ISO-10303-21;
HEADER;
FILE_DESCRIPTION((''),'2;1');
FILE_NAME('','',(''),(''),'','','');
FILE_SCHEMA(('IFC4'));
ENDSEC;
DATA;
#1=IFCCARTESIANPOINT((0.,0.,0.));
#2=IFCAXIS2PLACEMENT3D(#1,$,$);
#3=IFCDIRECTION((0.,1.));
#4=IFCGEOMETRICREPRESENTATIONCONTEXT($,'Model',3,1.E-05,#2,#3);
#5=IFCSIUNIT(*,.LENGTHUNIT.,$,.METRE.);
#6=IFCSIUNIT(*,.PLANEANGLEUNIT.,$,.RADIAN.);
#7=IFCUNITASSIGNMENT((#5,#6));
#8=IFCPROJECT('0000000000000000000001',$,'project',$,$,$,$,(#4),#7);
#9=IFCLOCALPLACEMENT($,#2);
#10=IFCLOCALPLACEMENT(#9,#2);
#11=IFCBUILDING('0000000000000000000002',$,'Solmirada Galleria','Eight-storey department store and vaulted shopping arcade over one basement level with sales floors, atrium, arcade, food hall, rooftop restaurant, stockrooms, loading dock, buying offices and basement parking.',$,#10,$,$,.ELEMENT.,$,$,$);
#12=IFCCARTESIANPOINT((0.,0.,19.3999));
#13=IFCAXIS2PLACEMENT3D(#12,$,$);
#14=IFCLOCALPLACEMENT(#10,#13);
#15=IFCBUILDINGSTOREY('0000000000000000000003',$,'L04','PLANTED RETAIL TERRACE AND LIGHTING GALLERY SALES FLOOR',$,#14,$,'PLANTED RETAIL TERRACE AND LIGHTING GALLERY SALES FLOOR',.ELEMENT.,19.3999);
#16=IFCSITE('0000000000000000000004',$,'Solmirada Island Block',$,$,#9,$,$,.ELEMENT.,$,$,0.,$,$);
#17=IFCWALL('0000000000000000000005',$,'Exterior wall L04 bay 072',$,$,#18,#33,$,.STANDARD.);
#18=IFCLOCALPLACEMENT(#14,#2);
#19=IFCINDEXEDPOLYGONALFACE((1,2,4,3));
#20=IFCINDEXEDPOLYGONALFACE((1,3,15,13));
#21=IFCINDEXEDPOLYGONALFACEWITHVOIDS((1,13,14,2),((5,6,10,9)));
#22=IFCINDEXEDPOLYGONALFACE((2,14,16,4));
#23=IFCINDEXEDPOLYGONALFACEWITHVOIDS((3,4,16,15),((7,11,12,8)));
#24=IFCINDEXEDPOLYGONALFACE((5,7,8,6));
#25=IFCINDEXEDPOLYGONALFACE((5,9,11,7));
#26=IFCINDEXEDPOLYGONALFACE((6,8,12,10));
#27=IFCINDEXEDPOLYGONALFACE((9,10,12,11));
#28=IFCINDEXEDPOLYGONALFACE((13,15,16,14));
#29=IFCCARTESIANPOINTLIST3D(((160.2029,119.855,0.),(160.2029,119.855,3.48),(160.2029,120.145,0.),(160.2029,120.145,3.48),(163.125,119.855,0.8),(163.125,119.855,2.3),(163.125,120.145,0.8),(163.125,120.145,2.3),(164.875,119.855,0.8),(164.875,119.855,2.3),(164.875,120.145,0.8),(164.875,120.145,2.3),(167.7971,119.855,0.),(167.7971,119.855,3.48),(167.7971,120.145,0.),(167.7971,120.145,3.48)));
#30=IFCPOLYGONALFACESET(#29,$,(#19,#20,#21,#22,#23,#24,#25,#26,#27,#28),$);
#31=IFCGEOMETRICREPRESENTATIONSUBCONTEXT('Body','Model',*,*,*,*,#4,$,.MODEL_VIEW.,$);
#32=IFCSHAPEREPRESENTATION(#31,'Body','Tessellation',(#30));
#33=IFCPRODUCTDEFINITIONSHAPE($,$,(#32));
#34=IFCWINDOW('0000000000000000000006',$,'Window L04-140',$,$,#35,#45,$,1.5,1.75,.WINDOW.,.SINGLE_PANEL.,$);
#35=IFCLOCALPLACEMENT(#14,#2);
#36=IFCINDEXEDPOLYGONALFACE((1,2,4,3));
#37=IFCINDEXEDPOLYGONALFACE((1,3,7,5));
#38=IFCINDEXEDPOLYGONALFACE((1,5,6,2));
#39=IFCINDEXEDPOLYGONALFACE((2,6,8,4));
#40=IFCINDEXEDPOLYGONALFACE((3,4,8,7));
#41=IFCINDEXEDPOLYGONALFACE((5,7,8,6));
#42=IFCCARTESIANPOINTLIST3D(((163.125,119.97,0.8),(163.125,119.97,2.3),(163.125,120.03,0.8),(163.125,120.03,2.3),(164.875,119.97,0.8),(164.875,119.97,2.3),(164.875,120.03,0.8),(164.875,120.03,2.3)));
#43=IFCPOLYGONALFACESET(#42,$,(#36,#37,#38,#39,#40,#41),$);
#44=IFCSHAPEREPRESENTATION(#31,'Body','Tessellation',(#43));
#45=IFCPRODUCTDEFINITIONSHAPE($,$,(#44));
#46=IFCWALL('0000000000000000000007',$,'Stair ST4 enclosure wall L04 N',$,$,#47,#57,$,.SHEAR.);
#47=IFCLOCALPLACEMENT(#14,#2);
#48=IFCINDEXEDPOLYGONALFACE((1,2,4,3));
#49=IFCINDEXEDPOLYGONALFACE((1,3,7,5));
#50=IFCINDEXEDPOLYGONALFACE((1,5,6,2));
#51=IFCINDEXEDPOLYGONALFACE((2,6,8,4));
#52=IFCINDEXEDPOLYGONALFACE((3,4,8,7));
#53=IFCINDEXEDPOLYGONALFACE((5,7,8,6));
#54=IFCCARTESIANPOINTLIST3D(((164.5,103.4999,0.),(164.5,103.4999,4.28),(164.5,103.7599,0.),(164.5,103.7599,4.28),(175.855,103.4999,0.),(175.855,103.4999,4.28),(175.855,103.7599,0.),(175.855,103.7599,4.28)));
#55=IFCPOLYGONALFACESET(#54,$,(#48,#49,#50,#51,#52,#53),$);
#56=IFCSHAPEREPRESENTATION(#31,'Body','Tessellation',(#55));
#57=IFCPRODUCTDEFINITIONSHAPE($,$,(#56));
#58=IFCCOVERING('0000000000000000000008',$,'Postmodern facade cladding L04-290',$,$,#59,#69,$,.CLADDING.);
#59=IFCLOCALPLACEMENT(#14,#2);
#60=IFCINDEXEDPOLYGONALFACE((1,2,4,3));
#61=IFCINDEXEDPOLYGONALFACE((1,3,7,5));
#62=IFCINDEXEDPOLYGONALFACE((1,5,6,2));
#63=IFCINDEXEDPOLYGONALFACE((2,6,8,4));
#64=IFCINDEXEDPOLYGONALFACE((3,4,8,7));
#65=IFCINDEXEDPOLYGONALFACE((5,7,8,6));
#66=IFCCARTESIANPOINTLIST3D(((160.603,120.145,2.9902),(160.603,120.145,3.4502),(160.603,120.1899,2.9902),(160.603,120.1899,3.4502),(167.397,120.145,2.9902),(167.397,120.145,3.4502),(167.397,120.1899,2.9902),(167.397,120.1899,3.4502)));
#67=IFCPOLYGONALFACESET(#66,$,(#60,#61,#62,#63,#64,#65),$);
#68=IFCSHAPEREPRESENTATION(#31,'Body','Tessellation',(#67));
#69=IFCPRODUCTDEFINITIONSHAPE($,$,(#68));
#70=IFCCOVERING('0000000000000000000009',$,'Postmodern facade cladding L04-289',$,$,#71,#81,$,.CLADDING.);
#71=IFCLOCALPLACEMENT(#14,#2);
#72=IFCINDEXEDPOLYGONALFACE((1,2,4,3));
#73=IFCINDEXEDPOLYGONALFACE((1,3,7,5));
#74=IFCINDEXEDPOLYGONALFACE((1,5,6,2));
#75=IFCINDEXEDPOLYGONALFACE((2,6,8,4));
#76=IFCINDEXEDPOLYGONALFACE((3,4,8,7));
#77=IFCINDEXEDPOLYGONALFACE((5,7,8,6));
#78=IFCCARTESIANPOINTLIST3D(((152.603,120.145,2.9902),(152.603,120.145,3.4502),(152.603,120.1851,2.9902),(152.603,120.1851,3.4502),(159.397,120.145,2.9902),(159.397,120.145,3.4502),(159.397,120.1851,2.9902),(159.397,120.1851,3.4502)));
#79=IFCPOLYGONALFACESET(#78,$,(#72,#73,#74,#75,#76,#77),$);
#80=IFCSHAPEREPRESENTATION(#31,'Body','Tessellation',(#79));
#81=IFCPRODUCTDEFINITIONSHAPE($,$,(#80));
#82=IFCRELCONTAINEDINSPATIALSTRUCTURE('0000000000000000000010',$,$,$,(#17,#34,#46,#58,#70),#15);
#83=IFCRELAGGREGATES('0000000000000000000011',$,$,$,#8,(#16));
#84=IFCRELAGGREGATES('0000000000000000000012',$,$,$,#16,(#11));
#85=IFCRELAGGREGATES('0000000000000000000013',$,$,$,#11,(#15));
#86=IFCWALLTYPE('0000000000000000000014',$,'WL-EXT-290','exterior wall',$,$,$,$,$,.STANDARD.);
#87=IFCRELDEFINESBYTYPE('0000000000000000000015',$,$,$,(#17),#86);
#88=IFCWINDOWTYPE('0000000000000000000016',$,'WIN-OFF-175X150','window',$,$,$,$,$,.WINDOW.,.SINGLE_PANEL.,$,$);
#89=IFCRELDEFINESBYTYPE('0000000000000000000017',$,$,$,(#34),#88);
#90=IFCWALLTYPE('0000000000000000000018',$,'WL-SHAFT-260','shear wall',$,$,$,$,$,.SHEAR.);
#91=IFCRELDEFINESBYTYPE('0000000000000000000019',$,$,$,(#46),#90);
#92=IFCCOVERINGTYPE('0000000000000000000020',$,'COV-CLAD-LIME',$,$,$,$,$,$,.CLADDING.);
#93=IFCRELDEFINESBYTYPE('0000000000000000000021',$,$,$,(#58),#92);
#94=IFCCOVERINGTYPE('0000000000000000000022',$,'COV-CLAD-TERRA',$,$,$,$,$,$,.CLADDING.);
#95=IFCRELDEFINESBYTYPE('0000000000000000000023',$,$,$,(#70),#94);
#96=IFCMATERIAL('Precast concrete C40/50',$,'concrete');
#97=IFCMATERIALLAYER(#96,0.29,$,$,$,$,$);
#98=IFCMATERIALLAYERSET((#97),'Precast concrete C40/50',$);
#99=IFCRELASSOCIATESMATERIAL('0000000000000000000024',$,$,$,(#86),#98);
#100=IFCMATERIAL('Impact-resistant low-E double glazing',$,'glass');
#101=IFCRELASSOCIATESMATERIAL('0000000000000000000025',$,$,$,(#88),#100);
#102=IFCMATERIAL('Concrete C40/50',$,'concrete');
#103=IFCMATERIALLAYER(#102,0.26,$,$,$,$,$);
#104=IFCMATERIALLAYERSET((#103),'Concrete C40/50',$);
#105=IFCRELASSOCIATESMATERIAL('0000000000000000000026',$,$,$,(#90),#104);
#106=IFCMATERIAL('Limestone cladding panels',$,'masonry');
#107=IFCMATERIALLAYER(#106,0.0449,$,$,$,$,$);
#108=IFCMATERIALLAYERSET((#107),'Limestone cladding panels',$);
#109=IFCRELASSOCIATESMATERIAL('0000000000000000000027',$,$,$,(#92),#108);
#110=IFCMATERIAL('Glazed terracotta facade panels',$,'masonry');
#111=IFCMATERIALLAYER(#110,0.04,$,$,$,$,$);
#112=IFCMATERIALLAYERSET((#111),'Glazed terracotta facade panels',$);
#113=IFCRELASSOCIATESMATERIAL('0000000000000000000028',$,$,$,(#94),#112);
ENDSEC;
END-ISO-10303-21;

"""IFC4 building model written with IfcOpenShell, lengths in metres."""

from ifc_helpers import new_model, si_unit, direction, frame, frame_2d, origin, origin_2d, place, context, subcontext, project, spatial, rectangle, extrude, material, layer, layer_set, type_object, element, fill, save


model = new_model("IFC4")

# Units and contexts
model_context = context("Model", 3, precision=1e-05, world=origin(), true_north=direction((0.0, 1.0)))
body_context = subcontext(model_context, "Body", "Model", "MODEL_VIEW")
ifc_project = project(units=[si_unit("LENGTHUNIT", "METRE"), si_unit("PLANEANGLEUNIT", "RADIAN")], contexts=[model_context])

# Site, building, storey
site_placement = place(None, origin())
site = spatial("IfcSite", under=ifc_project, at=site_placement, Name="Solmirada Island Block", CompositionType="ELEMENT", RefElevation=0.0)
building_placement = place(site_placement, origin())
building = spatial("IfcBuilding", under=site, at=building_placement, Name="Solmirada Galleria", Description="Eight-storey department store and vaulted shopping arcade over one basement level with sales floors, atrium, arcade, food hall, rooftop restaurant, stockrooms, loading dock, buying offices and basement parking.", CompositionType="ELEMENT")
storey_placement = place(building_placement, frame((0.0, 0.0, 19.3999)))
storey = spatial("IfcBuildingStorey", under=building, at=storey_placement, Name="L04", Description="PLANTED RETAIL TERRACE AND LIGHTING GALLERY SALES FLOOR", LongName="PLANTED RETAIL TERRACE AND LIGHTING GALLERY SALES FLOOR", CompositionType="ELEMENT", Elevation=19.3999)

# Shared definitions
ifc_material_1 = material(Name="Concrete C40/50", Category="concrete")

# Wall, opening, window
ifc_material_2 = material(Name="Precast concrete C40/50", Category="concrete")
ifc_layer_1 = layer(ifc_material_2, 0.29)
ifc_layer_set_1 = layer_set([ifc_layer_1], Name="Precast concrete C40/50")
wall_type_1 = type_object("IfcWallType", Name="WL-EXT-290", Description="exterior wall", PredefinedType="STANDARD", material=ifc_layer_set_1)
ifc_material_3 = material(Name="Impact-resistant low-E double glazing", Category="glass")
window_type = type_object("IfcWindowType", Name="WIN-OFF-175X150", Description="window", PartitioningType="SINGLE_PANEL", PredefinedType="WINDOW", material=ifc_material_3)
wall_1_placement = place(storey_placement, frame((160.2029, 120.0, 0.0), z_axis=(0.0, 0.0, 1.0), x_axis=(1.0, 0.0, 0.0)))
wall_1 = element("IfcWall", 1, at=wall_1_placement, inside=storey, type_object=wall_type_1, Name="Exterior wall L04 bay 072", PredefinedType="STANDARD", context=body_context, shape_type="SweptSolid", body=[
    extrude(rectangle(XDim=7.5942, YDim=0.29, at=frame_2d((3.7971, 0.0))), origin(), (0.0, 0.0, 1.0), 3.48),
])
opening_1_placement = place(wall_1_placement, frame((2.9221, 0.0, 0.8)))
opening_1 = element("IfcOpeningElement", 2, at=opening_1_placement, cuts=wall_1, PredefinedType="OPENING", context=body_context, shape_type="SweptSolid", body=[
    extrude(rectangle(XDim=1.75, YDim=1.5, at=frame_2d((0.875, 0.75))), frame((0.0, 0.155, 0.0), z_axis=(0.0, -1.0, 0.0), x_axis=(1.0, 0.0, 0.0)), (0.0, 0.0, 1.0), 0.3101),
])
window_1_placement = place(opening_1_placement, origin())
window_1 = element("IfcWindow", 3, at=window_1_placement, inside=storey, type_object=window_type, Name="Window L04-140", OverallHeight=1.5, OverallWidth=1.75, PartitioningType="SINGLE_PANEL", PredefinedType="WINDOW", context=body_context, shape_type="SweptSolid", body=[
    extrude(rectangle(XDim=1.75, YDim=1.5, at=frame_2d((0.875, 0.75))), frame((0.0, 0.03, 0.0), z_axis=(0.0, -1.0, 0.0), x_axis=(1.0, 0.0, 0.0)), (0.0, 0.0, 1.0), 0.0601),
])
fill(opening_1, window_1)

# Wall
ifc_layer_2 = layer(ifc_material_1, 0.26)
ifc_layer_set_2 = layer_set([ifc_layer_2], Name="Concrete C40/50")
wall_type_2 = type_object("IfcWallType", Name="WL-SHAFT-260", Description="shear wall", PredefinedType="SHEAR", material=ifc_layer_set_2)
wall_2_placement = place(storey_placement, frame((164.5, 103.6299, 0.0), z_axis=(0.0, 0.0, 1.0), x_axis=(1.0, 0.0, 0.0)))
element("IfcWall", 4, at=wall_2_placement, inside=storey, type_object=wall_type_2, Name="Stair ST4 enclosure wall L04 N", PredefinedType="SHEAR", context=body_context, shape_type="SweptSolid", body=[
    extrude(rectangle(XDim=11.355, YDim=0.26, at=frame_2d((5.6775, 0.0))), origin(), (0.0, 0.0, 1.0), 4.28),
])

# Coverings
ifc_material_4 = material(Name="Limestone cladding panels", Category="masonry")
ifc_layer_3 = layer(ifc_material_4, 0.0449)
ifc_layer_set_3 = layer_set([ifc_layer_3], Name="Limestone cladding panels")
covering_type_1 = type_object("IfcCoveringType", Name="COV-CLAD-LIME", PredefinedType="CLADDING", material=ifc_layer_set_3)
covering_1_placement = place(storey_placement, frame((164.0, 120.1675, 2.9902), z_axis=(0.0, 0.0, 1.0), x_axis=(1.0, 0.0, 0.0)))
element("IfcCovering", 5, at=covering_1_placement, inside=storey, type_object=covering_type_1, Name="Postmodern facade cladding L04-290", PredefinedType="CLADDING", context=body_context, shape_type="SweptSolid", body=[
    extrude(rectangle(XDim=6.7939, YDim=0.0449, at=origin_2d()), origin(), (0.0, 0.0, 1.0), 0.46),
])
ifc_material_5 = material(Name="Glazed terracotta facade panels", Category="masonry")
ifc_layer_4 = layer(ifc_material_5, 0.04)
ifc_layer_set_4 = layer_set([ifc_layer_4], Name="Glazed terracotta facade panels")
covering_type_2 = type_object("IfcCoveringType", Name="COV-CLAD-TERRA", PredefinedType="CLADDING", material=ifc_layer_set_4)
covering_2_placement = place(storey_placement, frame((156.0, 120.165, 2.9902), z_axis=(0.0, 0.0, 1.0), x_axis=(1.0, 0.0, 0.0)))
element("IfcCovering", 6, at=covering_2_placement, inside=storey, type_object=covering_type_2, Name="Postmodern facade cladding L04-289", PredefinedType="CLADDING", context=body_context, shape_type="SweptSolid", body=[
    extrude(rectangle(XDim=6.7939, YDim=0.04, at=origin_2d()), origin(), (0.0, 0.0, 1.0), 0.46),
])

save(model, "model.ifc")
